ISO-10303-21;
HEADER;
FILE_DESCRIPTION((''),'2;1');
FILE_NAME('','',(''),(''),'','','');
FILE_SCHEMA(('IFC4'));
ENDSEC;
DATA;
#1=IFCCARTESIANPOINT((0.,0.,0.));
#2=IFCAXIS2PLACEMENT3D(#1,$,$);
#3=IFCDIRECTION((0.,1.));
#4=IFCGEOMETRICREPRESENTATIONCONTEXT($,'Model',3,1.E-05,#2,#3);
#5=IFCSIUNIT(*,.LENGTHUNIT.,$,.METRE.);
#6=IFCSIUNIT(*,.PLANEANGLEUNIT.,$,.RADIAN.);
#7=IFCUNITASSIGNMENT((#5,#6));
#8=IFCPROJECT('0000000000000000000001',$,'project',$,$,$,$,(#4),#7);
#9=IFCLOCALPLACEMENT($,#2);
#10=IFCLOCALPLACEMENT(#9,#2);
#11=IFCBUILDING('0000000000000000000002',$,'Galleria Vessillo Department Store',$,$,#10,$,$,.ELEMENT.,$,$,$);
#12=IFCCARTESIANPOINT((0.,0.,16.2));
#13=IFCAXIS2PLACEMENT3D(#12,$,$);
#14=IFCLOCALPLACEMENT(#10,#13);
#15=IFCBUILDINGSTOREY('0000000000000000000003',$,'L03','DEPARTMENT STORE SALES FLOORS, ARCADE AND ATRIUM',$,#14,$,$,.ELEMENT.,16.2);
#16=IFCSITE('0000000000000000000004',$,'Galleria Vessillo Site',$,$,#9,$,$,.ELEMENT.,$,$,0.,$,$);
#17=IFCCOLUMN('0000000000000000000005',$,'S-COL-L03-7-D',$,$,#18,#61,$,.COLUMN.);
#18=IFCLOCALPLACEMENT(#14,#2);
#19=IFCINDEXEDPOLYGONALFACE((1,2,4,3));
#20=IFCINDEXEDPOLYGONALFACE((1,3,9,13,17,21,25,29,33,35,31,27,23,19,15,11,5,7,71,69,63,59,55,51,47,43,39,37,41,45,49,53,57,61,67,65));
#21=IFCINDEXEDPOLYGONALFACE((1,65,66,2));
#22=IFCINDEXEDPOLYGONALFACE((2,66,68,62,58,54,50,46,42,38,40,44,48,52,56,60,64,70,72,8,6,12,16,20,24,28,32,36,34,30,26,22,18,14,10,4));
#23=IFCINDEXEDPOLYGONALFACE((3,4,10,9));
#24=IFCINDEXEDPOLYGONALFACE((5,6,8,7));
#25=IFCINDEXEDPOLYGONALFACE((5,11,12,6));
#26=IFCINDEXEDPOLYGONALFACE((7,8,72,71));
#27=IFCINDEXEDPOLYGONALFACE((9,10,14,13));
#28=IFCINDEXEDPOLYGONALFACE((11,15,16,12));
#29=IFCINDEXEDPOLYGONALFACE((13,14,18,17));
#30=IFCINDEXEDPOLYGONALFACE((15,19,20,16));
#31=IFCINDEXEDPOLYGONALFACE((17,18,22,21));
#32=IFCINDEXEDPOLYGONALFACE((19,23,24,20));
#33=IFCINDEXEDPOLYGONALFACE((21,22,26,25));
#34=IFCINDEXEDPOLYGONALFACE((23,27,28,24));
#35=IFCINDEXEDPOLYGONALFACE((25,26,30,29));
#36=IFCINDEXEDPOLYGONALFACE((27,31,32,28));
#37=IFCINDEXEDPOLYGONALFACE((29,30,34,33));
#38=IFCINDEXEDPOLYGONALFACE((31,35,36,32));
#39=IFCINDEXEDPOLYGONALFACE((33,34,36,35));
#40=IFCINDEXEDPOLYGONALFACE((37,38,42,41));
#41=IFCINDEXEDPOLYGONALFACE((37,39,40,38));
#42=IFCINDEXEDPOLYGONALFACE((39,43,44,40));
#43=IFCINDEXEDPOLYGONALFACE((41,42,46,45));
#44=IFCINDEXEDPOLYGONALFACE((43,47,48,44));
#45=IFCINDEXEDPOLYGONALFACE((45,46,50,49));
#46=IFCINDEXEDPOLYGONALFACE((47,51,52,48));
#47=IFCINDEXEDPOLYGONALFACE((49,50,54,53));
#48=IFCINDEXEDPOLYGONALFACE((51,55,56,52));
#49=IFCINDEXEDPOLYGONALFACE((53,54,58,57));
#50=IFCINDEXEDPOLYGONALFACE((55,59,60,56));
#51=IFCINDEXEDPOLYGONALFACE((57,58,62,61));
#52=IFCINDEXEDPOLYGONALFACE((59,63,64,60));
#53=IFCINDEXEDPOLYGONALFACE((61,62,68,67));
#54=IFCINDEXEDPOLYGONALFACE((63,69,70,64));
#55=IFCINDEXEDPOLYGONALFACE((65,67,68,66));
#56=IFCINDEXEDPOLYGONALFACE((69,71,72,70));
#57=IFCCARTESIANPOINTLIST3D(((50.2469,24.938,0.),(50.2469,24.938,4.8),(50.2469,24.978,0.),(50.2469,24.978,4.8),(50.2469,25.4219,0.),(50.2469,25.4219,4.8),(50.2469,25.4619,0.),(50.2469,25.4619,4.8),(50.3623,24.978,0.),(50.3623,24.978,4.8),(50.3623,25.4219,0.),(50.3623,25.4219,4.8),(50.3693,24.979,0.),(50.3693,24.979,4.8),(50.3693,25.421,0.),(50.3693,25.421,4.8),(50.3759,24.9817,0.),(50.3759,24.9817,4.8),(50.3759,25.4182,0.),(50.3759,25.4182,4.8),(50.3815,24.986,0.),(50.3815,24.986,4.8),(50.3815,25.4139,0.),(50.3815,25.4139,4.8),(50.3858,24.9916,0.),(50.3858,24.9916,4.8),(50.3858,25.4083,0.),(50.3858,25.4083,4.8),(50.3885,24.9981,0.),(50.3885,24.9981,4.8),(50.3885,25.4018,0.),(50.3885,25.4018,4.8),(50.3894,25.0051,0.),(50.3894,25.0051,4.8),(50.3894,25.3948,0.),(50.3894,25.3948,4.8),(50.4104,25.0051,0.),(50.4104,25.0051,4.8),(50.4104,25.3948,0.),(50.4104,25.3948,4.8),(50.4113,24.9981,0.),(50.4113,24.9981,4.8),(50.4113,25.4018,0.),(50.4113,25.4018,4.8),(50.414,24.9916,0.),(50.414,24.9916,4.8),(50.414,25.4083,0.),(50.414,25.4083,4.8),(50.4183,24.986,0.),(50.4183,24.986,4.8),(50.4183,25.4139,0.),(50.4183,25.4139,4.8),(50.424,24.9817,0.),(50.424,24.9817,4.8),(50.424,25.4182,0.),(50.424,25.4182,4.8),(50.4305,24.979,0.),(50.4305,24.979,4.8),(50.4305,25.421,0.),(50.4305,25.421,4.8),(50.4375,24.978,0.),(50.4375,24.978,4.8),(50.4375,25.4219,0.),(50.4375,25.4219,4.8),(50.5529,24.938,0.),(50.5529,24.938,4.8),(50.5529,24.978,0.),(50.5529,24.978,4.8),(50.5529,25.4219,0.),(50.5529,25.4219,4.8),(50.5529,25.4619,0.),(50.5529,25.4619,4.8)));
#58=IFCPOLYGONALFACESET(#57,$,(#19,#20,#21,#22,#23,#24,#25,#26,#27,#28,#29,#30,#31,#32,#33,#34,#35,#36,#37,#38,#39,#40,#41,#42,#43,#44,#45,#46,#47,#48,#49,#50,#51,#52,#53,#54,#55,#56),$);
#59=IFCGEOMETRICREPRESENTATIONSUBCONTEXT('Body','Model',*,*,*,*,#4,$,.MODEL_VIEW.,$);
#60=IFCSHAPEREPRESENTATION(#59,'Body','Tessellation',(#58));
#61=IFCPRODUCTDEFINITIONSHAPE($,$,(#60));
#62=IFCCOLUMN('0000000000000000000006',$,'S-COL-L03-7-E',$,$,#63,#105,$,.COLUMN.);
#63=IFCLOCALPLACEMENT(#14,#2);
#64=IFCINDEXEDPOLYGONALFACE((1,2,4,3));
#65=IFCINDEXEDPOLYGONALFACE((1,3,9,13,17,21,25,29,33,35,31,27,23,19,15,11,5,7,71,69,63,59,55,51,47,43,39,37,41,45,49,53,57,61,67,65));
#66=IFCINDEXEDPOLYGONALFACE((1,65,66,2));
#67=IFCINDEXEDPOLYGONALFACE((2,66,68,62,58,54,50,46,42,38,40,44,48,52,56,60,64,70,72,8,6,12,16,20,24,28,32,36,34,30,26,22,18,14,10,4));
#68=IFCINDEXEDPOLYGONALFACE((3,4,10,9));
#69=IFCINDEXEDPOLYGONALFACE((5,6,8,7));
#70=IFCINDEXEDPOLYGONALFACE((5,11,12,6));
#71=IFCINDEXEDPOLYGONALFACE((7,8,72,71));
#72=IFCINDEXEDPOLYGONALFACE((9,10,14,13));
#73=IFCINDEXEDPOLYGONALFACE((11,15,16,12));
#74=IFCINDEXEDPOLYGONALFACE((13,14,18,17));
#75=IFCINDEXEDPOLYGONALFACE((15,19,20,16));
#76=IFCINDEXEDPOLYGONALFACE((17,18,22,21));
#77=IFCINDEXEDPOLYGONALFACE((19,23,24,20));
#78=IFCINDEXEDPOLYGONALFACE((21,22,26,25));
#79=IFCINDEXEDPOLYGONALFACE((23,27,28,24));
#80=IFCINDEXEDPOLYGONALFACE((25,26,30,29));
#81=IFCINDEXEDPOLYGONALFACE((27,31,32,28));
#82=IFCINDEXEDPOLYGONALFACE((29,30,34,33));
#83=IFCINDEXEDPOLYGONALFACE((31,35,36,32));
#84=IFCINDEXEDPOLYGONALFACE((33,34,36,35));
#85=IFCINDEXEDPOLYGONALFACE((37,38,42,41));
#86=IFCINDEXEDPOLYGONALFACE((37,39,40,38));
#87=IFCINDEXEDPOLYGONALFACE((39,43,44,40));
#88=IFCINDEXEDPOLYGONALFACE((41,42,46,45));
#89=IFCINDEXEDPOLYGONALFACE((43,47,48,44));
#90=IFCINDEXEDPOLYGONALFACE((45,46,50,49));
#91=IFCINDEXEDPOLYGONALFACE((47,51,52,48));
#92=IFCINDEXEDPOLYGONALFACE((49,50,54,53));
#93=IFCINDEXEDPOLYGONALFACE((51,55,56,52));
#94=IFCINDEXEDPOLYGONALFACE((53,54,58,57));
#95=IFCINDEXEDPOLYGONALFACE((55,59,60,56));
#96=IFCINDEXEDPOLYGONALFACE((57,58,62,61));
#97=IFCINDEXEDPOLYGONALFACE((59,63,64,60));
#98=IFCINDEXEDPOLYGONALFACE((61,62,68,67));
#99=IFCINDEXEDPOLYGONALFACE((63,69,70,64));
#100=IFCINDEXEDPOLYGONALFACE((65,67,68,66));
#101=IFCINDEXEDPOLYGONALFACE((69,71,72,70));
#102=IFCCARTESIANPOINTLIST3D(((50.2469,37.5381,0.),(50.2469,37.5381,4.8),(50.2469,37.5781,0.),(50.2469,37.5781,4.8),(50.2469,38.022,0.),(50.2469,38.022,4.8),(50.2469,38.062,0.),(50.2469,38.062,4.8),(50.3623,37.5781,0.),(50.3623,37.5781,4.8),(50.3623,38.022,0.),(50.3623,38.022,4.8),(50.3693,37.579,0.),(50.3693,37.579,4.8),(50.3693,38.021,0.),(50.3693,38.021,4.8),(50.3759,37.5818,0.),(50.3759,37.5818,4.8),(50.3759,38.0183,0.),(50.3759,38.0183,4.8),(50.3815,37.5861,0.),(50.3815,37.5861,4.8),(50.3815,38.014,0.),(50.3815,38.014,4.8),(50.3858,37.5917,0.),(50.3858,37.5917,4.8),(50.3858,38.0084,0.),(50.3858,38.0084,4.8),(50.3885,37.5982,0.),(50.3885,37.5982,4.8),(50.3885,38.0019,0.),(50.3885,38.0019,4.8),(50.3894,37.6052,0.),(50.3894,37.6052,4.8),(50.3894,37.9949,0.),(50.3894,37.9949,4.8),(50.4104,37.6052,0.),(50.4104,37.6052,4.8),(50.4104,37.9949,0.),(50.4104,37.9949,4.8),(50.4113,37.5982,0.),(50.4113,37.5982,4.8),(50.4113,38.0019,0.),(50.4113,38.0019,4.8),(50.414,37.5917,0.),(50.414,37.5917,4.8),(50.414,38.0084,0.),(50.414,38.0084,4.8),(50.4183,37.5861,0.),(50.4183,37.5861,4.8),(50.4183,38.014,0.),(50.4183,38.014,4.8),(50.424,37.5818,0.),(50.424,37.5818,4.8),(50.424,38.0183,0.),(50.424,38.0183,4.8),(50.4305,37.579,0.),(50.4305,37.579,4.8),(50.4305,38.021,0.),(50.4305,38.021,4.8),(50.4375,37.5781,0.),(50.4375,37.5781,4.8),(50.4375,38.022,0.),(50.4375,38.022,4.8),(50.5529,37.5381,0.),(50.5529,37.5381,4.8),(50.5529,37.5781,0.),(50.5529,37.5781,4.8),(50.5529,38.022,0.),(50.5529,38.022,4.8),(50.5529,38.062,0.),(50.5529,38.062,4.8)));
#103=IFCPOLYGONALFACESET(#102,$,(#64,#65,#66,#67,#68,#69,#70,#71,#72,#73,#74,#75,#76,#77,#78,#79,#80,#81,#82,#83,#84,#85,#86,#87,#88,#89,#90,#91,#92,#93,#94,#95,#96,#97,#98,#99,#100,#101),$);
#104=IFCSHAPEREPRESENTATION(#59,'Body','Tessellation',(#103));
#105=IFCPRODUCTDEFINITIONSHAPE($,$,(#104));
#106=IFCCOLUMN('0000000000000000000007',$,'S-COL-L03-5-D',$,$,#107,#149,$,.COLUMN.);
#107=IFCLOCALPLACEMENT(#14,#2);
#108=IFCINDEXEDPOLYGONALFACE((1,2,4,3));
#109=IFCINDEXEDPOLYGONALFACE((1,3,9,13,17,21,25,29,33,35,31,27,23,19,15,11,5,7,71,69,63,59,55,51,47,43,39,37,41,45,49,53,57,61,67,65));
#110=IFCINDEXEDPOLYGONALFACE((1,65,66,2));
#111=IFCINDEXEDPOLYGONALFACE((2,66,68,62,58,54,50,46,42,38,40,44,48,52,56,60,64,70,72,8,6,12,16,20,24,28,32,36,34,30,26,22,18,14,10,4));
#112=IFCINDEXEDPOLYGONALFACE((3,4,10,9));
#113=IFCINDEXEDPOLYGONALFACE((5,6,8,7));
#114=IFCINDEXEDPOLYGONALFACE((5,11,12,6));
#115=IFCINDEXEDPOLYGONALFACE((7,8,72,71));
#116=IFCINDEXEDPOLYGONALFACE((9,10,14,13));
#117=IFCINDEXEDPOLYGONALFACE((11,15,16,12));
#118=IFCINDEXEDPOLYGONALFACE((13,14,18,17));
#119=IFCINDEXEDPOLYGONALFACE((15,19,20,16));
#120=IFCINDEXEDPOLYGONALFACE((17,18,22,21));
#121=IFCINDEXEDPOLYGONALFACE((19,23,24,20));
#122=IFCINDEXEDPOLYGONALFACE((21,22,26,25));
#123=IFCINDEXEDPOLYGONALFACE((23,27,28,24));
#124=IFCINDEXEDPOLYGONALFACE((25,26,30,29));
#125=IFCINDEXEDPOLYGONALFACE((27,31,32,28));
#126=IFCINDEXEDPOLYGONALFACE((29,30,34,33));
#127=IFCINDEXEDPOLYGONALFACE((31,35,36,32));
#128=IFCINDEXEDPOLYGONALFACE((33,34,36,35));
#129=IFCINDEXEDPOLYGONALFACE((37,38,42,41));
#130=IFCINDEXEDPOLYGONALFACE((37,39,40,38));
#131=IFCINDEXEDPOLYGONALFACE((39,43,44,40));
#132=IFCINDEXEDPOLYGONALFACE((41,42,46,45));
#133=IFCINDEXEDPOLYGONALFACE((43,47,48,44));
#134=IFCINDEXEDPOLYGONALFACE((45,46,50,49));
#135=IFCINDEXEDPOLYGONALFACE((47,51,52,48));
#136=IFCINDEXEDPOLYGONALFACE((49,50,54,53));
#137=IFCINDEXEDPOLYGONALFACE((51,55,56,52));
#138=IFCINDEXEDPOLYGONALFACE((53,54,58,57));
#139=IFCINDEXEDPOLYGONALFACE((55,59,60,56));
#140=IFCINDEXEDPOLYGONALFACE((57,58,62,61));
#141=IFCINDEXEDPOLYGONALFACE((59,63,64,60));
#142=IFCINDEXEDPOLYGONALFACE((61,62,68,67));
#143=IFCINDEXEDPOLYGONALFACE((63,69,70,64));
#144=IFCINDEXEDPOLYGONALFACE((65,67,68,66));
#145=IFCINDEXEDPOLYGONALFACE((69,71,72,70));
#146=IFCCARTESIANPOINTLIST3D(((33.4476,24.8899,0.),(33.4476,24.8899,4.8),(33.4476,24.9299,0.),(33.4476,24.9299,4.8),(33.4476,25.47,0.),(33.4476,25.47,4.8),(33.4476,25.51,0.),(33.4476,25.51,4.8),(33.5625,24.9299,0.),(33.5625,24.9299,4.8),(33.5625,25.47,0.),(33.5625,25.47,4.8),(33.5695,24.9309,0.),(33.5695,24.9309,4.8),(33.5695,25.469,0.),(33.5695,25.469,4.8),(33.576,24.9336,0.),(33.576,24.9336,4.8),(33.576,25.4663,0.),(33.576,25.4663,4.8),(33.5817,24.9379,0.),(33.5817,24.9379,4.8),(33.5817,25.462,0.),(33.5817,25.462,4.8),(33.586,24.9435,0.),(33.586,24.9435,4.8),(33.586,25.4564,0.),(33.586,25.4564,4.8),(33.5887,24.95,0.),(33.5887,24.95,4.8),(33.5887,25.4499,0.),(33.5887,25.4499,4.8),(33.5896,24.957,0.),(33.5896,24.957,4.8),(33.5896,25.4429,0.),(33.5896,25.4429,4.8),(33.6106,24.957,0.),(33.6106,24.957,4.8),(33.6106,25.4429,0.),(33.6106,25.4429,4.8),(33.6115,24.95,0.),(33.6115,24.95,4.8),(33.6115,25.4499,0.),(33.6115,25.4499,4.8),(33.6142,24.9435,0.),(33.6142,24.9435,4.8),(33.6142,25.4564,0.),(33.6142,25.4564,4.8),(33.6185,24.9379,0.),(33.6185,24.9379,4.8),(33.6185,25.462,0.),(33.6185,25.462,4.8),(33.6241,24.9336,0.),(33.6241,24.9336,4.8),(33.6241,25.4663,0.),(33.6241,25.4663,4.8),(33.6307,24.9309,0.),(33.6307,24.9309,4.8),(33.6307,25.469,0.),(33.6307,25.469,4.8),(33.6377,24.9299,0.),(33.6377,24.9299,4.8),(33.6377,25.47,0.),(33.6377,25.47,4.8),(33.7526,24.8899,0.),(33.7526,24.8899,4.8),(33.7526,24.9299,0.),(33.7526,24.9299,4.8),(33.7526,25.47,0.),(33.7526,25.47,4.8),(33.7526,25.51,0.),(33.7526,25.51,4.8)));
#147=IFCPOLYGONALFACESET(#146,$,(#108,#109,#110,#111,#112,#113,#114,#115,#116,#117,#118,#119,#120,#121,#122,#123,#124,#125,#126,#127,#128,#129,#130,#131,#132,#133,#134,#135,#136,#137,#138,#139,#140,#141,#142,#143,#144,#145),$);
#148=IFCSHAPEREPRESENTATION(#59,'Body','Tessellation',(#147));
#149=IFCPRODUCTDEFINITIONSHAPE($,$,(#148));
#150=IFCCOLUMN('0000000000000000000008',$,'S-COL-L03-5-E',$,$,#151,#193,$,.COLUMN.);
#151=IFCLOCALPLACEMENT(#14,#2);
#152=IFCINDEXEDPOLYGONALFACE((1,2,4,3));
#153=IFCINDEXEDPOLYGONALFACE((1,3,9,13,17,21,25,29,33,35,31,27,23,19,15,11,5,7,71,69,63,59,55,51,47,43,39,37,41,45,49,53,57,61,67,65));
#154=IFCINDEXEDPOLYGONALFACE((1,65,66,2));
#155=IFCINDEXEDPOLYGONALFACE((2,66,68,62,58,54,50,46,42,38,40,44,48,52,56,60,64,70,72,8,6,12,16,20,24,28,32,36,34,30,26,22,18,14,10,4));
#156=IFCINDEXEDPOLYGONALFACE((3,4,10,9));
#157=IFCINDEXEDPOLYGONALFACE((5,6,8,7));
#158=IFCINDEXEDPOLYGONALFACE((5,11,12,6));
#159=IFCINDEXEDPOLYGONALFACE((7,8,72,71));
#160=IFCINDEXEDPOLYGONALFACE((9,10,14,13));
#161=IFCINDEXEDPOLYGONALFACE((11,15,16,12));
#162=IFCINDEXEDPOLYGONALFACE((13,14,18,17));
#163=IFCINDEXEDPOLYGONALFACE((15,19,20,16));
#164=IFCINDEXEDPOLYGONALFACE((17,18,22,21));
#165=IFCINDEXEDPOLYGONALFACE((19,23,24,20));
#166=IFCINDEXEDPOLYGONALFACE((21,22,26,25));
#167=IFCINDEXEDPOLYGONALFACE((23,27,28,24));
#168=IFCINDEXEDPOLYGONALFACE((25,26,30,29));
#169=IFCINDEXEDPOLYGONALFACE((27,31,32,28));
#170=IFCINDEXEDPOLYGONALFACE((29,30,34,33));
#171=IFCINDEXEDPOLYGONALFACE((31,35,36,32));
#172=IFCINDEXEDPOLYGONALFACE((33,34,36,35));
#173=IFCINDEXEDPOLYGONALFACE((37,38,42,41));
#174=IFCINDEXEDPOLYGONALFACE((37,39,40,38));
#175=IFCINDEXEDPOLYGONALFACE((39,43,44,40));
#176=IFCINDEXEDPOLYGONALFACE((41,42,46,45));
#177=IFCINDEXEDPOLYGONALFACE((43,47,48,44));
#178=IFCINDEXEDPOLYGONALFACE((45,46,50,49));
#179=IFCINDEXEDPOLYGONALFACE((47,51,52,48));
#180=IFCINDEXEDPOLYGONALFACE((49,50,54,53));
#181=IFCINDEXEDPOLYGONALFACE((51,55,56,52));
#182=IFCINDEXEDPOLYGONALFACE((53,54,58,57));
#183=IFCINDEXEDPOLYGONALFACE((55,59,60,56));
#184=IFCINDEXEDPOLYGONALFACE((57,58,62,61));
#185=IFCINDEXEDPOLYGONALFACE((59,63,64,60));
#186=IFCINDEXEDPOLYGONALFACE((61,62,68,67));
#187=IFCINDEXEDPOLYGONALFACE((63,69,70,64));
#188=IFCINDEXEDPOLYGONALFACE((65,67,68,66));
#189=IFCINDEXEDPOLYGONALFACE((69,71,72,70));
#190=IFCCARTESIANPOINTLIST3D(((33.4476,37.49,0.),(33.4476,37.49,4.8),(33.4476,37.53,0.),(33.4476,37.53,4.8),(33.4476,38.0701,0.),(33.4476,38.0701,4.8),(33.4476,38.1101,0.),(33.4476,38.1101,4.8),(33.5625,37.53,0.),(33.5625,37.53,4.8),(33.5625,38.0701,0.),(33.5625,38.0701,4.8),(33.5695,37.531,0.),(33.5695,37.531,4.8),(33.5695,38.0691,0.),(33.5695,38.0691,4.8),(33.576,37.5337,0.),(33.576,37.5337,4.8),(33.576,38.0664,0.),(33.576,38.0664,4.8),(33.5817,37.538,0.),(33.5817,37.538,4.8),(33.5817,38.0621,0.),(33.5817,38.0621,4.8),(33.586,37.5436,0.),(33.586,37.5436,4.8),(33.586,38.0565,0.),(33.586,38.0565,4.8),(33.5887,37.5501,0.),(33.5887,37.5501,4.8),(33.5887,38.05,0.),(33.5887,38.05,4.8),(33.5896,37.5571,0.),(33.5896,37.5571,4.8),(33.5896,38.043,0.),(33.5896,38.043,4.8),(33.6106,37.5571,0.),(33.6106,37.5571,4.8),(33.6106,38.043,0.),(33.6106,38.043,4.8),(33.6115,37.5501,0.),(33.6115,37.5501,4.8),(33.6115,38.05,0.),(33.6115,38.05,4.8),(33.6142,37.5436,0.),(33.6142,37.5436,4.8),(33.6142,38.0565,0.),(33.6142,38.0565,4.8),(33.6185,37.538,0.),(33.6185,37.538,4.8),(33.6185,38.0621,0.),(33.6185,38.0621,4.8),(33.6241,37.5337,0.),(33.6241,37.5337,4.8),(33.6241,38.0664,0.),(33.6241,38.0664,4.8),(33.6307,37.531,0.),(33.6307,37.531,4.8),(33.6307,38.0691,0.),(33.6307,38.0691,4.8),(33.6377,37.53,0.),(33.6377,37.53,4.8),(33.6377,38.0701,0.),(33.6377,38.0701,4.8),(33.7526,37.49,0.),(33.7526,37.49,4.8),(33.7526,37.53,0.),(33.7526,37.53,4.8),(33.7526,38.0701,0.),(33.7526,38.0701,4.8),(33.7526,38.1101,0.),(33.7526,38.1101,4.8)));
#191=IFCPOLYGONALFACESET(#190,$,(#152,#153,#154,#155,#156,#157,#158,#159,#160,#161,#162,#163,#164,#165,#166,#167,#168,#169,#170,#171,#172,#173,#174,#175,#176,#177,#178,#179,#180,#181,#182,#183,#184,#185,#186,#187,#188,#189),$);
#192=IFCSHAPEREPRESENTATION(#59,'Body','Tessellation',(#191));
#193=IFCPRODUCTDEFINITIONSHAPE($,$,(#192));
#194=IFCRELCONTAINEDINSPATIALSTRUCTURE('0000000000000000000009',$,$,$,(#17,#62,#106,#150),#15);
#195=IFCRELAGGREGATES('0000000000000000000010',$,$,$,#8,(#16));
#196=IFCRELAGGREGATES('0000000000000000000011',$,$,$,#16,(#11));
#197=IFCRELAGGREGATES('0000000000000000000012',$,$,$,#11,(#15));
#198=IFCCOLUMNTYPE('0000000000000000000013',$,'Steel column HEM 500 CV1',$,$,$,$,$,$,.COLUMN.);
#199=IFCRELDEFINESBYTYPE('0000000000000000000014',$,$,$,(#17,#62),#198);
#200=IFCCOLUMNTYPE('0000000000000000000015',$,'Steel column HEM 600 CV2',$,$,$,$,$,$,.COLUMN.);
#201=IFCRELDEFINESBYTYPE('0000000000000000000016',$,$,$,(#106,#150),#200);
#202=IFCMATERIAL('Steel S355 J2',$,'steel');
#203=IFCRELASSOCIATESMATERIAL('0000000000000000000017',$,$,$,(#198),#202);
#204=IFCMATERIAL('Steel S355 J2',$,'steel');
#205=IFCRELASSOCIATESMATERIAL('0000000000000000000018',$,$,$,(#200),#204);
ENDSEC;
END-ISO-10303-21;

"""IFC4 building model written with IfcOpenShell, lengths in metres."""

from ifc_helpers import new_model, si_unit, direction, frame, origin, origin_2d, place, context, subcontext, project, spatial, i_section, extrude, material, material_profile, profile_set, type_object, element, save


model = new_model("IFC4")

# Units and contexts
model_context = context("Model", 3, precision=1e-05, world=origin(), true_north=direction((0.0, 1.0)))
body_context = subcontext(model_context, "Body", "Model", "MODEL_VIEW")
ifc_project = project(units=[si_unit("LENGTHUNIT", "METRE"), si_unit("PLANEANGLEUNIT", "RADIAN")], contexts=[model_context])

# Site, building, storey
site_placement = place(None, origin())
site = spatial("IfcSite", under=ifc_project, at=site_placement, Name="Galleria Vessillo Site", CompositionType="ELEMENT", RefElevation=0.0)
building_placement = place(site_placement, origin())
building = spatial("IfcBuilding", under=site, at=building_placement, Name="Galleria Vessillo Department Store", CompositionType="ELEMENT")
storey_placement = place(building_placement, frame((0.0, 0.0, 16.2)))
storey = spatial("IfcBuildingStorey", under=building, at=storey_placement, Name="L03", Description="DEPARTMENT STORE SALES FLOORS, ARCADE AND ATRIUM", CompositionType="ELEMENT", Elevation=16.2)

# Columns
ifc_material_1 = material(Name="Steel S355 J2", Category="steel")
ifc_material_profile_1 = material_profile(ifc_material_1, i_section(OverallWidth=0.3059, OverallDepth=0.5239, WebThickness=0.021, FlangeThickness=0.04, FilletRadius=0.0271, at=origin_2d()), Name="HEM 500")
ifc_profile_set_1 = profile_set([ifc_material_profile_1], Name="Steel S355 J2")
column_type_1 = type_object("IfcColumnType", Name="Steel column HEM 500 CV1", PredefinedType="COLUMN", material=ifc_profile_set_1)
for number, where, z_axis, x_axis, name in (
    (1, (50.3999, 25.2, 0.0), (0.0, 0.0, 1.0), (1.0, 0.0, 0.0), "S-COL-L03-7-D"),
    (2, (50.3999, 37.8, 0.0), (0.0, 0.0, 1.0), (1.0, 0.0, 0.0), "S-COL-L03-7-E"),
):
    element("IfcColumn", number, at=place(storey_placement, frame(where, z_axis=z_axis, x_axis=x_axis)), inside=storey, type_object=column_type_1, Name=name, PredefinedType="COLUMN", context=body_context, shape_type="SweptSolid", body=[
        extrude(i_section(OverallWidth=0.3059, OverallDepth=0.5239, WebThickness=0.021, FlangeThickness=0.04, FilletRadius=0.0271, at=origin_2d()), origin(), (0.0, 0.0, 1.0), 4.8),
    ])
ifc_material_2 = material(Name="Steel S355 J2", Category="steel")
ifc_material_profile_2 = material_profile(ifc_material_2, i_section(OverallWidth=0.3049, OverallDepth=0.6201, WebThickness=0.021, FlangeThickness=0.04, FilletRadius=0.0271, at=origin_2d()), Name="HEM 600")
ifc_profile_set_2 = profile_set([ifc_material_profile_2], Name="Steel S355 J2")
column_type_2 = type_object("IfcColumnType", Name="Steel column HEM 600 CV2", PredefinedType="COLUMN", material=ifc_profile_set_2)
for number, where, z_axis, x_axis, name in (
    (3, (33.6001, 25.2, 0.0), (0.0, 0.0, 1.0), (1.0, 0.0, 0.0), "S-COL-L03-5-D"),
    (4, (33.6001, 37.8, 0.0), (0.0, 0.0, 1.0), (1.0, 0.0, 0.0), "S-COL-L03-5-E"),
):
    element("IfcColumn", number, at=place(storey_placement, frame(where, z_axis=z_axis, x_axis=x_axis)), inside=storey, type_object=column_type_2, Name=name, PredefinedType="COLUMN", context=body_context, shape_type="SweptSolid", body=[
        extrude(i_section(OverallWidth=0.3049, OverallDepth=0.6201, WebThickness=0.021, FlangeThickness=0.04, FilletRadius=0.0271, at=origin_2d()), origin(), (0.0, 0.0, 1.0), 4.8),
    ])

save(model, "model.ifc")
